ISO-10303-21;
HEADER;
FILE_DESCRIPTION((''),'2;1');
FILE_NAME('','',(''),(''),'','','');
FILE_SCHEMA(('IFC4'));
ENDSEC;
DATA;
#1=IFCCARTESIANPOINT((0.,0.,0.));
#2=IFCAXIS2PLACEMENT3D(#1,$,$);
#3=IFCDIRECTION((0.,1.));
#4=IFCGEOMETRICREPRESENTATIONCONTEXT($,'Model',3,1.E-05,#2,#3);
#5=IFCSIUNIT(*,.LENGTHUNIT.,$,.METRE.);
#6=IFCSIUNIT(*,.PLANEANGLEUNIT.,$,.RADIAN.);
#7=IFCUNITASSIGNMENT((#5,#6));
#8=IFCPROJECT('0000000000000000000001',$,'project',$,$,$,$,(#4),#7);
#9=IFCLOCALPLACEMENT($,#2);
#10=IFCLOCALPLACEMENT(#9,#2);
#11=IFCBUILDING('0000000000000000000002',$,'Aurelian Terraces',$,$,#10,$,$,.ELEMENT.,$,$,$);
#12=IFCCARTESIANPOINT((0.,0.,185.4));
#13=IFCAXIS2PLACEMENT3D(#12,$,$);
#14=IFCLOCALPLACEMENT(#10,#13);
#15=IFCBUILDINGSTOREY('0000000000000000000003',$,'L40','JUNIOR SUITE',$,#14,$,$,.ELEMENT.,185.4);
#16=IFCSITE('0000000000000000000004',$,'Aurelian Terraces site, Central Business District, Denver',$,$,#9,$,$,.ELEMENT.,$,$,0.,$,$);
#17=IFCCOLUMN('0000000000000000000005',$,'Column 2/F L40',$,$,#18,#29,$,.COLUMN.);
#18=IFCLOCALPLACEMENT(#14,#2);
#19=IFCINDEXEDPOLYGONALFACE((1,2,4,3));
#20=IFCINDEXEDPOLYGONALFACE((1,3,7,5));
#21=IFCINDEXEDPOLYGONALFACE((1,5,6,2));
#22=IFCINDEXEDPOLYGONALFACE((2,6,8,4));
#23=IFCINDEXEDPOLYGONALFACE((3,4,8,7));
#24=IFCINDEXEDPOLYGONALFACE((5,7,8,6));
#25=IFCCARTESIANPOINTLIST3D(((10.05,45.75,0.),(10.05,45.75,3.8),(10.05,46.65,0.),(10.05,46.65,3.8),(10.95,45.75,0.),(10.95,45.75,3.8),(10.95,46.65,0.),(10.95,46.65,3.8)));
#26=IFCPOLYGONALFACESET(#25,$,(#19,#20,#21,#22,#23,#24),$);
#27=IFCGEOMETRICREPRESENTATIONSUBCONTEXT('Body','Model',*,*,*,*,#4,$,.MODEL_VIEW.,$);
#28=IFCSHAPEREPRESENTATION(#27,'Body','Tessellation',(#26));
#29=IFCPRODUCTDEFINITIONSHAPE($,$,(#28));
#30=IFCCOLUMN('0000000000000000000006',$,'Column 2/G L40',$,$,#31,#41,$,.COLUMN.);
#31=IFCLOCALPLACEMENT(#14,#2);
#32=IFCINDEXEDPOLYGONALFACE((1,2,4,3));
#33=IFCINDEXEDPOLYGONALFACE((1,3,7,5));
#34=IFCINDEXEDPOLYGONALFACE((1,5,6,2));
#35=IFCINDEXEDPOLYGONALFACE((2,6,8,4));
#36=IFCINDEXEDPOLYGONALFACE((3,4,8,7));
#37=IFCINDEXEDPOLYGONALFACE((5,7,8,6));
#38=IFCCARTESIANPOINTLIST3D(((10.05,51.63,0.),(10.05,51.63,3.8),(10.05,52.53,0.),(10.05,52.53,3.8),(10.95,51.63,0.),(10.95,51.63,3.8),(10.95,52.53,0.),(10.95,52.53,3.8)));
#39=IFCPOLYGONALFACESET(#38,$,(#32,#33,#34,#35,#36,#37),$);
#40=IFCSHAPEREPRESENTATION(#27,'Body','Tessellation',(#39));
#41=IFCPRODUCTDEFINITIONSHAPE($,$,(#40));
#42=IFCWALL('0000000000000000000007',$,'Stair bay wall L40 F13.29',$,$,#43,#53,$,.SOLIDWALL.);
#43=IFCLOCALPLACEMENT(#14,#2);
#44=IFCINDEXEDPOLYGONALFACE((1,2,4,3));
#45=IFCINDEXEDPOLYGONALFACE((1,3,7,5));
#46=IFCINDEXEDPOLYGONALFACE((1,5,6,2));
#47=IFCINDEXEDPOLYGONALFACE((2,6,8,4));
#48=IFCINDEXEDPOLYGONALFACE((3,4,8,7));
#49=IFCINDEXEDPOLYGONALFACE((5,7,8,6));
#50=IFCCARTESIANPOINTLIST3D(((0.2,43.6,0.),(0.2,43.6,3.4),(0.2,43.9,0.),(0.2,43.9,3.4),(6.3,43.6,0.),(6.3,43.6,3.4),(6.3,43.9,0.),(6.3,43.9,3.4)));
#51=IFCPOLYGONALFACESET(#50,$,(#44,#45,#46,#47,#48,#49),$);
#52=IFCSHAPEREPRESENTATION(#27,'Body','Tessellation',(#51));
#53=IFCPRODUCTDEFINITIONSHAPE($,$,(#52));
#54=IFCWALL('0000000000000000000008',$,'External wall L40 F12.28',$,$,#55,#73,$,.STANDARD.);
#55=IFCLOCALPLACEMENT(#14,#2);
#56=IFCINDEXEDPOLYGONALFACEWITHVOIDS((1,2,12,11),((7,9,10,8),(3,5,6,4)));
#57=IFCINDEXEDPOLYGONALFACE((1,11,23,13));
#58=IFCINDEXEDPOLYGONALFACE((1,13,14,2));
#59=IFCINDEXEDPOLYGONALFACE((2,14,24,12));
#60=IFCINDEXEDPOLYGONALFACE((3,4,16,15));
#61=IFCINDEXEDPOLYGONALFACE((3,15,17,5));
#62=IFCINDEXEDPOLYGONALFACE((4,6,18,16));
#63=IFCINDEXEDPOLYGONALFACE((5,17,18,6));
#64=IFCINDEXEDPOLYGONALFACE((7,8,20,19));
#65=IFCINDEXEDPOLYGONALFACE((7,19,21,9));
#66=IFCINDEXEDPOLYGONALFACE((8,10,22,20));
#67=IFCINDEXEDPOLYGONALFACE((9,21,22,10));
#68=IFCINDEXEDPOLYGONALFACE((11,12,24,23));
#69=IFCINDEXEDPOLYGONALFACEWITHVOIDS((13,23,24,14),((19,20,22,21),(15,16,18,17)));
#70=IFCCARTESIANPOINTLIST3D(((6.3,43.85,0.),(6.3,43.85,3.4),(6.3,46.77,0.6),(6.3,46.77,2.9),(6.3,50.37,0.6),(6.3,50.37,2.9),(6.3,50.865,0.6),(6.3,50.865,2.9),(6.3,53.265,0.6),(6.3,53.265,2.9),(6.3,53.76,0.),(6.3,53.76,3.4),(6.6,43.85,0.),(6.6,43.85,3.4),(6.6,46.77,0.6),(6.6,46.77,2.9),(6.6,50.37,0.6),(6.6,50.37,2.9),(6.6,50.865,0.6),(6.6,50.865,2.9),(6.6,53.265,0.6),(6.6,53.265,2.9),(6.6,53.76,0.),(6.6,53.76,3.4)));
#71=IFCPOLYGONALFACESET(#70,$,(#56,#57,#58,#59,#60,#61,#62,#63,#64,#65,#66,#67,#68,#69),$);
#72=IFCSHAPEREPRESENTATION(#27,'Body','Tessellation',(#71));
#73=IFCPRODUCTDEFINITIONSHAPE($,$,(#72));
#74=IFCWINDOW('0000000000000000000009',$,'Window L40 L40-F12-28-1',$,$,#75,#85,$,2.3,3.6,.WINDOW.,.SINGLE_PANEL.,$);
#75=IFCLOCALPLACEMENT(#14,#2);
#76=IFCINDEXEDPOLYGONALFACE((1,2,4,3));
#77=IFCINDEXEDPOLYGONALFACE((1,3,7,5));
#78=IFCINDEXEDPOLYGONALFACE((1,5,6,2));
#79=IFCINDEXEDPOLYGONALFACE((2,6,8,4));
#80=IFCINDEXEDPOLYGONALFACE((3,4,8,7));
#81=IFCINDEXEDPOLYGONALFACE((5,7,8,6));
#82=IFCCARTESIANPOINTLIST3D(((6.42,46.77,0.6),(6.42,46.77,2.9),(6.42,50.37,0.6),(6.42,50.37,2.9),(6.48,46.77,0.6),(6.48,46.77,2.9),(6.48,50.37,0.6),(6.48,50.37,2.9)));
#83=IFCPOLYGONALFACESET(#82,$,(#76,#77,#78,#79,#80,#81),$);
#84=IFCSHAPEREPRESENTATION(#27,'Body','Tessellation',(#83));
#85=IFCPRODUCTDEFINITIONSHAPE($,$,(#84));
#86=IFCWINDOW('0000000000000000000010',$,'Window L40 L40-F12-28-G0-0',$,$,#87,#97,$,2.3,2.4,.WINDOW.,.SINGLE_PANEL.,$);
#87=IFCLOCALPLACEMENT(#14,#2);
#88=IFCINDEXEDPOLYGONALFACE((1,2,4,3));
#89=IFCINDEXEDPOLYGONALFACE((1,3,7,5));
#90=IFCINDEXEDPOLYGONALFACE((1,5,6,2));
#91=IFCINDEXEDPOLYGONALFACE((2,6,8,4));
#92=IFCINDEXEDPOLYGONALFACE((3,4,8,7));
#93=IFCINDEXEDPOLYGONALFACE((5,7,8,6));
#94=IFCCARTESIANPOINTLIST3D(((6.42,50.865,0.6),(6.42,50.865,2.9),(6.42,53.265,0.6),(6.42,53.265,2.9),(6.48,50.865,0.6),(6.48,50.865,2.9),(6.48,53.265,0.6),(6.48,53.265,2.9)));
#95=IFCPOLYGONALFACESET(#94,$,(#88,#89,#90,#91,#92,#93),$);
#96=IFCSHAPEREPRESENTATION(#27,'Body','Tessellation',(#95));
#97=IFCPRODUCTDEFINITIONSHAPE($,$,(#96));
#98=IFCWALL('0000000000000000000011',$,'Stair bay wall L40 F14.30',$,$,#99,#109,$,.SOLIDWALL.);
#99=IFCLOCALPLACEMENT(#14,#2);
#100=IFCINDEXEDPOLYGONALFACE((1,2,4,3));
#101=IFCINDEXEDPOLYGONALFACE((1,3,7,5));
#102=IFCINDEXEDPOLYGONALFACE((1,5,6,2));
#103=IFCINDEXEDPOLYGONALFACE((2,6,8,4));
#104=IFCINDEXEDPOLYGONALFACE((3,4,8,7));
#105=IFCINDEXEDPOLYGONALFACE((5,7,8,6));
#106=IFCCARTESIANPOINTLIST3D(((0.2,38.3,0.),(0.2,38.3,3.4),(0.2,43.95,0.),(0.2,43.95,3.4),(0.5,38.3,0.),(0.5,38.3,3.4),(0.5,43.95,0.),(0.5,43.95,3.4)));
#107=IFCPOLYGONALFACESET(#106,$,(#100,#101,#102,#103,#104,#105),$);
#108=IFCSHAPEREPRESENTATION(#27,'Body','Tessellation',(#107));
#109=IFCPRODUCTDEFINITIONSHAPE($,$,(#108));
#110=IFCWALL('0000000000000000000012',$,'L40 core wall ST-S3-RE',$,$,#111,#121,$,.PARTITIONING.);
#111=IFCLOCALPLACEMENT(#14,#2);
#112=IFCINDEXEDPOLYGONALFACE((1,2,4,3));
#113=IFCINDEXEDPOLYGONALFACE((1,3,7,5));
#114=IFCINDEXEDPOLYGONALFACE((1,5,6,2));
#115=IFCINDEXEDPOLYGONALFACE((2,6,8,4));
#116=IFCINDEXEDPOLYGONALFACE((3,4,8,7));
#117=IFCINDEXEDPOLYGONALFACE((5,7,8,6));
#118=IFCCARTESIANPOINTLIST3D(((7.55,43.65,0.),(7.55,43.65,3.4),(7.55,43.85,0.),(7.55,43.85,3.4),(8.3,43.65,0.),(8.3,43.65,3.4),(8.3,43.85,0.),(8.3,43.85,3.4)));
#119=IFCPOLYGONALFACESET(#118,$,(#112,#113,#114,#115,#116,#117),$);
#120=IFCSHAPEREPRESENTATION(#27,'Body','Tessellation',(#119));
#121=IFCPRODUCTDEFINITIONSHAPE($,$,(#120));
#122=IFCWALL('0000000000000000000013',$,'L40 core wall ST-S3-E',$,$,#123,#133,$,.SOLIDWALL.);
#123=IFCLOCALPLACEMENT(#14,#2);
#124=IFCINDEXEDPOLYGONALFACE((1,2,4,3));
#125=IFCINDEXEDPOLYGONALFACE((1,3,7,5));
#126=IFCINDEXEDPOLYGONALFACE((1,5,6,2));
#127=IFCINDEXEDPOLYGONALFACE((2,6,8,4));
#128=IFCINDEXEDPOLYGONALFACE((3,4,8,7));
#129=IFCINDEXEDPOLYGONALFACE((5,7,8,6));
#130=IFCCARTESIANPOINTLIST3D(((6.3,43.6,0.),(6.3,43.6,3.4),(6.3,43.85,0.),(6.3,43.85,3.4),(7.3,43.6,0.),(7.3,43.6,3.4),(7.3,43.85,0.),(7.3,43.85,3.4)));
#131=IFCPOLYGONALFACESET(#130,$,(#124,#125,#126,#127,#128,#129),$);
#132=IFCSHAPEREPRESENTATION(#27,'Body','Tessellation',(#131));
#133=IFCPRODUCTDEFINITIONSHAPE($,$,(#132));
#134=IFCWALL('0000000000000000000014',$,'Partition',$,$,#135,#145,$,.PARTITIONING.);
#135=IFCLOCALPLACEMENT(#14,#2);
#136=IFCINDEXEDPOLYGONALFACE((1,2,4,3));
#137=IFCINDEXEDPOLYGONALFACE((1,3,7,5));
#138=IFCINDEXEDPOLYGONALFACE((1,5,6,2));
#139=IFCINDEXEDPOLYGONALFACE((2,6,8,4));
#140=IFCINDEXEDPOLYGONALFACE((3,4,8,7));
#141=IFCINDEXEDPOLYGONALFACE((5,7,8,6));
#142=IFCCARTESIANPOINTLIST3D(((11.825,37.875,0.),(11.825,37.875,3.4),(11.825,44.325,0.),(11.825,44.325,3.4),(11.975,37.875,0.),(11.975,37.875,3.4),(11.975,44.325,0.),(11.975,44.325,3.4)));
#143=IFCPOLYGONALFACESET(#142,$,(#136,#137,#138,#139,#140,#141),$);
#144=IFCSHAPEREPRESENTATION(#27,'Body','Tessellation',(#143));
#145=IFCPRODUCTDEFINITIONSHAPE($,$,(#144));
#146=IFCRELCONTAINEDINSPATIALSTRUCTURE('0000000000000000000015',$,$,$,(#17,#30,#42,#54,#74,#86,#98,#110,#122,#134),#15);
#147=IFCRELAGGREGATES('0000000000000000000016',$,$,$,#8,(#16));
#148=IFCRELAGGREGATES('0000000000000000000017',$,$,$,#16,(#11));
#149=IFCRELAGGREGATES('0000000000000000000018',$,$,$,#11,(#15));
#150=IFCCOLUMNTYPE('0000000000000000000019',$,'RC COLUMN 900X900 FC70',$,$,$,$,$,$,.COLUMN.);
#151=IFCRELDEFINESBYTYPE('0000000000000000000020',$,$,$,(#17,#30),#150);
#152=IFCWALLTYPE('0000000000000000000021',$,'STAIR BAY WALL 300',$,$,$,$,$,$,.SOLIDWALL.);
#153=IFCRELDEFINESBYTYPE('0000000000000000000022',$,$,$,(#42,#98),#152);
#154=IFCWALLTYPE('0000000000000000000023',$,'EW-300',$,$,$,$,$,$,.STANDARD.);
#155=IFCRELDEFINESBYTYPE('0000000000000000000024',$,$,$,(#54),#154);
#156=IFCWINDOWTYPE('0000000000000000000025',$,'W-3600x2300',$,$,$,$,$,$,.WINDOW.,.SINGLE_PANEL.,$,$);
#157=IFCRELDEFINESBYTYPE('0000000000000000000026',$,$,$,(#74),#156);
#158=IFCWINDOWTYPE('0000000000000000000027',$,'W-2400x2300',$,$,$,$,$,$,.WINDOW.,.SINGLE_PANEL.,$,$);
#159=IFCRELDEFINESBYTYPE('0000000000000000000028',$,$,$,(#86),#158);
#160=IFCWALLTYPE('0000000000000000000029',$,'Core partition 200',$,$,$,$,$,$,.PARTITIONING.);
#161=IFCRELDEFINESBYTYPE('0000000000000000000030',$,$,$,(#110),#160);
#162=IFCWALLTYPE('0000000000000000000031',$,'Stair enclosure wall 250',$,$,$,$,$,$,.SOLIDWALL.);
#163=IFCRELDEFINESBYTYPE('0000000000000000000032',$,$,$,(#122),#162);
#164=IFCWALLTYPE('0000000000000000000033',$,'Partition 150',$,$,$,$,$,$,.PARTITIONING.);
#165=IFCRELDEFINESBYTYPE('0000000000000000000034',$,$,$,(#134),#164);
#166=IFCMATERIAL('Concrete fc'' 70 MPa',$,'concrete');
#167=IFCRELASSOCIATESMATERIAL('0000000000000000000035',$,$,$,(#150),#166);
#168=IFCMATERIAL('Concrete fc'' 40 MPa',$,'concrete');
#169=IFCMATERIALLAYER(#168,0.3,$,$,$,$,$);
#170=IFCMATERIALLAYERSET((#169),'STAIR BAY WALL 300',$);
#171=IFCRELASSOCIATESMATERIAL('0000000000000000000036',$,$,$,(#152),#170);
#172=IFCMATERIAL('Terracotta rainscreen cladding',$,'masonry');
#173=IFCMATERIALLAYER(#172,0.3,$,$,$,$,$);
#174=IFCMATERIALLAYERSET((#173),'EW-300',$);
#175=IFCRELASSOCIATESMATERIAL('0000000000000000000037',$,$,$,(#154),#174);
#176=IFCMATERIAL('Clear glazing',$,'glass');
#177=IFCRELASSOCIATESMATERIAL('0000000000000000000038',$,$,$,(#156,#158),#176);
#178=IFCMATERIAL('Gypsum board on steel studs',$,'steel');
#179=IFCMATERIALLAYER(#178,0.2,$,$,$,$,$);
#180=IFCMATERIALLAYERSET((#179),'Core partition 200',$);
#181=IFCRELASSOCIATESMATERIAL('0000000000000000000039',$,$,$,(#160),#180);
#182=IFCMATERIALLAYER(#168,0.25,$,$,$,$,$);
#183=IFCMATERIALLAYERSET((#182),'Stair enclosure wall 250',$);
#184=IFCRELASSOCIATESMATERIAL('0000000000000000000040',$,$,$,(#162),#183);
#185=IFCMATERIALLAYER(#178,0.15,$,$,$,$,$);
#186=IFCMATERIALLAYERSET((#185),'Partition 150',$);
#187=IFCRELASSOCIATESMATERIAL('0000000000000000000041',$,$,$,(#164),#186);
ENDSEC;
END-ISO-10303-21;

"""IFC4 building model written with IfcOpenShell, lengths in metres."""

from ifc_helpers import new_model, si_unit, direction, frame, frame_2d, origin, origin_2d, place, context, subcontext, project, spatial, rectangle, extrude, source, transform, mapped, material, layer, layer_set, material_profile, profile_set, type_object, element, fill, save


model = new_model("IFC4")

# Units and contexts
model_context = context("Model", 3, precision=1e-05, world=origin(), true_north=direction((0.0, 1.0)))
body_context = subcontext(model_context, "Body", "Model", "MODEL_VIEW")
ifc_project = project(units=[si_unit("LENGTHUNIT", "METRE"), si_unit("PLANEANGLEUNIT", "RADIAN")], contexts=[model_context])

# Site, building, storey
site_placement = place(None, origin())
site = spatial("IfcSite", under=ifc_project, at=site_placement, Name="Aurelian Terraces site, Central Business District, Denver", CompositionType="ELEMENT", RefElevation=0.0)
building_placement = place(site_placement, origin())
building = spatial("IfcBuilding", under=site, at=building_placement, Name="Aurelian Terraces", CompositionType="ELEMENT")
storey_placement = place(building_placement, frame((0.0, 0.0, 185.4)))
storey = spatial("IfcBuildingStorey", under=building, at=storey_placement, Name="L40", Description="JUNIOR SUITE", CompositionType="ELEMENT", Elevation=185.4)

# Columns
ifc_material_1 = material(Name="Concrete fc' 70 MPa", Category="concrete")
ifc_material_profile = material_profile(ifc_material_1, rectangle(XDim=0.9, YDim=0.9, at=origin_2d()))
ifc_profile_set = profile_set([ifc_material_profile], Name="Concrete fc' 70 MPa")
column_type = type_object("IfcColumnType", Name="RC COLUMN 900X900 FC70", PredefinedType="COLUMN", material=ifc_profile_set)
shared_shape_1 = source(origin(), body_context, "Body", "SweptSolid", [
    extrude(rectangle(XDim=0.9, YDim=0.9, at=origin_2d()), origin(), (0.0, 0.0, 1.0), 3.8),
])
for number, where, z_axis, x_axis, name in (
    (1, (10.5, 46.2, 0.0), (0.0, 0.0, 1.0), (1.0, 0.0, 0.0), "Column 2/F L40"),
    (2, (10.5, 52.08, 0.0), (0.0, 0.0, 1.0), (1.0, 0.0, 0.0), "Column 2/G L40"),
):
    element("IfcColumn", number, at=place(storey_placement, frame(where, z_axis=z_axis, x_axis=x_axis)), inside=storey, type_object=column_type, Name=name, PredefinedType="COLUMN", context=body_context, shape_type="MappedRepresentation", body=[
        mapped(shared_shape_1, transform((0.0, 0.0, 0.0), scale=1.0)),
    ])

# Wall
ifc_material_2 = material(Name="Concrete fc' 40 MPa", Category="concrete")
ifc_layer_1 = layer(ifc_material_2, 0.3)
ifc_layer_set_1 = layer_set([ifc_layer_1], Name="STAIR BAY WALL 300")
wall_type_1 = type_object("IfcWallType", Name="STAIR BAY WALL 300", PredefinedType="SOLIDWALL", material=ifc_layer_set_1)
shared_shape_2 = source(origin(), body_context, "Body", "SweptSolid", [
    extrude(rectangle(XDim=6.1, YDim=0.3, at=frame_2d((3.05, 0.0))), origin(), (0.0, 0.0, 1.0), 3.4),
])
wall_1_placement = place(storey_placement, frame((6.3, 43.75, 0.0), z_axis=(0.0, 0.0, 1.0), x_axis=(-1.0, 0.0, 0.0)))
element("IfcWall", 3, at=wall_1_placement, inside=storey, type_object=wall_type_1, Name="Stair bay wall L40 F13.29", PredefinedType="SOLIDWALL", context=body_context, shape_type="MappedRepresentation", body=[
    mapped(shared_shape_2, transform((0.0, 0.0, 0.0), scale=1.0)),
])

# Wall, openings, windows
ifc_material_3 = material(Name="Terracotta rainscreen cladding", Category="masonry")
ifc_layer_2 = layer(ifc_material_3, 0.3)
ifc_layer_set_2 = layer_set([ifc_layer_2], Name="EW-300")
wall_type_2 = type_object("IfcWallType", Name="EW-300", PredefinedType="STANDARD", material=ifc_layer_set_2)
shared_shape_3 = source(origin(), body_context, "Body", "SweptSolid", [
    extrude(rectangle(XDim=9.91, YDim=0.3, at=frame_2d((4.955, 0.0))), origin(), (0.0, 0.0, 1.0), 3.4),
])
wall_2_placement = place(storey_placement, frame((6.45, 53.76, 0.0), z_axis=(0.0, 0.0, 1.0), x_axis=(0.0, -1.0, 0.0)))
wall_2 = element("IfcWall", 4, at=wall_2_placement, inside=storey, type_object=wall_type_2, Name="External wall L40 F12.28", PredefinedType="STANDARD", context=body_context, shape_type="MappedRepresentation", body=[
    mapped(shared_shape_3, transform((0.0, 0.0, 0.0), scale=1.0)),
])
shared_shape_4 = source(origin(), body_context, "Body", "SweptSolid", [
    extrude(rectangle(XDim=3.6, YDim=2.3, at=frame_2d((1.8, 1.15))), frame((0.0, 0.16, 0.0), z_axis=(0.0, -1.0, 0.0), x_axis=(1.0, 0.0, 0.0)), (0.0, 0.0, 1.0), 0.32),
])
opening_1_placement = place(wall_2_placement, frame((3.39, 0.0, 0.6)))
opening_1 = element("IfcOpeningElement", 5, at=opening_1_placement, cuts=wall_2, PredefinedType="OPENING", context=body_context, shape_type="MappedRepresentation", body=[
    mapped(shared_shape_4, transform((0.0, 0.0, 0.0), scale=1.0)),
])
shared_shape_5 = source(origin(), body_context, "Body", "SweptSolid", [
    extrude(rectangle(XDim=2.4, YDim=2.3, at=frame_2d((1.2, 1.15))), frame((0.0, 0.16, 0.0), z_axis=(0.0, -1.0, 0.0), x_axis=(1.0, 0.0, 0.0)), (0.0, 0.0, 1.0), 0.32),
])
opening_2_placement = place(wall_2_placement, frame((0.495, 0.0, 0.6)))
opening_2 = element("IfcOpeningElement", 6, at=opening_2_placement, cuts=wall_2, PredefinedType="OPENING", context=body_context, shape_type="MappedRepresentation", body=[
    mapped(shared_shape_5, transform((0.0, 0.0, 0.0), scale=1.0)),
])
ifc_material_4 = material(Name="Clear glazing", Category="glass")
window_type_1 = type_object("IfcWindowType", Name="W-3600x2300", PartitioningType="SINGLE_PANEL", PredefinedType="WINDOW", material=ifc_material_4)
shared_shape_6 = source(origin(), body_context, "Body", "SweptSolid", [
    extrude(rectangle(XDim=3.6, YDim=2.3, at=frame_2d((1.8, 1.15))), frame((0.0, 0.03, 0.0), z_axis=(0.0, -1.0, 0.0), x_axis=(1.0, 0.0, 0.0)), (0.0, 0.0, 1.0), 0.06),
])
window_1_placement = place(opening_1_placement, origin())
window_1 = element("IfcWindow", 7, at=window_1_placement, inside=storey, type_object=window_type_1, Name="Window L40 L40-F12-28-1", OverallHeight=2.3, OverallWidth=3.6, PartitioningType="SINGLE_PANEL", PredefinedType="WINDOW", context=body_context, shape_type="MappedRepresentation", body=[
    mapped(shared_shape_6, transform((0.0, 0.0, 0.0), scale=1.0)),
])
fill(opening_1, window_1)
window_type_2 = type_object("IfcWindowType", Name="W-2400x2300", PartitioningType="SINGLE_PANEL", PredefinedType="WINDOW", material=ifc_material_4)
shared_shape_7 = source(origin(), body_context, "Body", "SweptSolid", [
    extrude(rectangle(XDim=2.4, YDim=2.3, at=frame_2d((1.2, 1.15))), frame((0.0, 0.03, 0.0), z_axis=(0.0, -1.0, 0.0), x_axis=(1.0, 0.0, 0.0)), (0.0, 0.0, 1.0), 0.06),
])
window_2_placement = place(opening_2_placement, origin())
window_2 = element("IfcWindow", 8, at=window_2_placement, inside=storey, type_object=window_type_2, Name="Window L40 L40-F12-28-G0-0", OverallHeight=2.3, OverallWidth=2.4, PartitioningType="SINGLE_PANEL", PredefinedType="WINDOW", context=body_context, shape_type="MappedRepresentation", body=[
    mapped(shared_shape_7, transform((0.0, 0.0, 0.0), scale=1.0)),
])
fill(opening_2, window_2)

# Walls
shared_shape_8 = source(origin(), body_context, "Body", "SweptSolid", [
    extrude(rectangle(XDim=5.65, YDim=0.3, at=frame_2d((2.825, 0.0))), origin(), (0.0, 0.0, 1.0), 3.4),
])
wall_3_placement = place(storey_placement, frame((0.35, 43.95, 0.0), z_axis=(0.0, 0.0, 1.0), x_axis=(0.0, -1.0, 0.0)))
element("IfcWall", 9, at=wall_3_placement, inside=storey, type_object=wall_type_1, Name="Stair bay wall L40 F14.30", PredefinedType="SOLIDWALL", context=body_context, shape_type="MappedRepresentation", body=[
    mapped(shared_shape_8, transform((0.0, 0.0, 0.0), scale=1.0)),
])
ifc_material_5 = material(Name="Gypsum board on steel studs", Category="steel")
ifc_layer_3 = layer(ifc_material_5, 0.2)
ifc_layer_set_3 = layer_set([ifc_layer_3], Name="Core partition 200")
wall_type_3 = type_object("IfcWallType", Name="Core partition 200", PredefinedType="PARTITIONING", material=ifc_layer_set_3)
shared_shape_9 = source(origin(), body_context, "Body", "SweptSolid", [
    extrude(rectangle(XDim=0.75, YDim=0.2, at=frame_2d((0.375, 0.0))), origin(), (0.0, 0.0, 1.0), 3.4),
])
wall_4_placement = place(storey_placement, frame((7.55, 43.75, 0.0), z_axis=(0.0, 0.0, 1.0), x_axis=(1.0, 0.0, 0.0)))
element("IfcWall", 10, at=wall_4_placement, inside=storey, type_object=wall_type_3, Name="L40 core wall ST-S3-RE", PredefinedType="PARTITIONING", context=body_context, shape_type="MappedRepresentation", body=[
    mapped(shared_shape_9, transform((0.0, 0.0, 0.0), scale=1.0)),
])
ifc_layer_4 = layer(ifc_material_2, 0.25)
ifc_layer_set_4 = layer_set([ifc_layer_4], Name="Stair enclosure wall 250")
wall_type_4 = type_object("IfcWallType", Name="Stair enclosure wall 250", PredefinedType="SOLIDWALL", material=ifc_layer_set_4)
shared_shape_10 = source(origin(), body_context, "Body", "SweptSolid", [
    extrude(rectangle(XDim=1.0, YDim=0.25, at=frame_2d((0.5, 0.0))), origin(), (0.0, 0.0, 1.0), 3.4),
])
wall_5_placement = place(storey_placement, frame((6.3, 43.725, 0.0), z_axis=(0.0, 0.0, 1.0), x_axis=(1.0, 0.0, 0.0)))
element("IfcWall", 11, at=wall_5_placement, inside=storey, type_object=wall_type_4, Name="L40 core wall ST-S3-E", PredefinedType="SOLIDWALL", context=body_context, shape_type="MappedRepresentation", body=[
    mapped(shared_shape_10, transform((0.0, 0.0, 0.0), scale=1.0)),
])
ifc_layer_5 = layer(ifc_material_5, 0.15)
ifc_layer_set_5 = layer_set([ifc_layer_5], Name="Partition 150")
wall_type_5 = type_object("IfcWallType", Name="Partition 150", PredefinedType="PARTITIONING", material=ifc_layer_set_5)
shared_shape_11 = source(origin(), body_context, "Body", "SweptSolid", [
    extrude(rectangle(XDim=6.45, YDim=0.15, at=frame_2d((3.225, 0.0))), origin(), (0.0, 0.0, 1.0), 3.4),
])
wall_6_placement = place(storey_placement, frame((11.9, 44.325, 0.0), z_axis=(0.0, 0.0, 1.0), x_axis=(0.0, -1.0, 0.0)))
element("IfcWall", 12, at=wall_6_placement, inside=storey, type_object=wall_type_5, Name="Partition", PredefinedType="PARTITIONING", context=body_context, shape_type="MappedRepresentation", body=[
    mapped(shared_shape_11, transform((0.0, 0.0, 0.0), scale=1.0)),
])

save(model, "model.ifc")
